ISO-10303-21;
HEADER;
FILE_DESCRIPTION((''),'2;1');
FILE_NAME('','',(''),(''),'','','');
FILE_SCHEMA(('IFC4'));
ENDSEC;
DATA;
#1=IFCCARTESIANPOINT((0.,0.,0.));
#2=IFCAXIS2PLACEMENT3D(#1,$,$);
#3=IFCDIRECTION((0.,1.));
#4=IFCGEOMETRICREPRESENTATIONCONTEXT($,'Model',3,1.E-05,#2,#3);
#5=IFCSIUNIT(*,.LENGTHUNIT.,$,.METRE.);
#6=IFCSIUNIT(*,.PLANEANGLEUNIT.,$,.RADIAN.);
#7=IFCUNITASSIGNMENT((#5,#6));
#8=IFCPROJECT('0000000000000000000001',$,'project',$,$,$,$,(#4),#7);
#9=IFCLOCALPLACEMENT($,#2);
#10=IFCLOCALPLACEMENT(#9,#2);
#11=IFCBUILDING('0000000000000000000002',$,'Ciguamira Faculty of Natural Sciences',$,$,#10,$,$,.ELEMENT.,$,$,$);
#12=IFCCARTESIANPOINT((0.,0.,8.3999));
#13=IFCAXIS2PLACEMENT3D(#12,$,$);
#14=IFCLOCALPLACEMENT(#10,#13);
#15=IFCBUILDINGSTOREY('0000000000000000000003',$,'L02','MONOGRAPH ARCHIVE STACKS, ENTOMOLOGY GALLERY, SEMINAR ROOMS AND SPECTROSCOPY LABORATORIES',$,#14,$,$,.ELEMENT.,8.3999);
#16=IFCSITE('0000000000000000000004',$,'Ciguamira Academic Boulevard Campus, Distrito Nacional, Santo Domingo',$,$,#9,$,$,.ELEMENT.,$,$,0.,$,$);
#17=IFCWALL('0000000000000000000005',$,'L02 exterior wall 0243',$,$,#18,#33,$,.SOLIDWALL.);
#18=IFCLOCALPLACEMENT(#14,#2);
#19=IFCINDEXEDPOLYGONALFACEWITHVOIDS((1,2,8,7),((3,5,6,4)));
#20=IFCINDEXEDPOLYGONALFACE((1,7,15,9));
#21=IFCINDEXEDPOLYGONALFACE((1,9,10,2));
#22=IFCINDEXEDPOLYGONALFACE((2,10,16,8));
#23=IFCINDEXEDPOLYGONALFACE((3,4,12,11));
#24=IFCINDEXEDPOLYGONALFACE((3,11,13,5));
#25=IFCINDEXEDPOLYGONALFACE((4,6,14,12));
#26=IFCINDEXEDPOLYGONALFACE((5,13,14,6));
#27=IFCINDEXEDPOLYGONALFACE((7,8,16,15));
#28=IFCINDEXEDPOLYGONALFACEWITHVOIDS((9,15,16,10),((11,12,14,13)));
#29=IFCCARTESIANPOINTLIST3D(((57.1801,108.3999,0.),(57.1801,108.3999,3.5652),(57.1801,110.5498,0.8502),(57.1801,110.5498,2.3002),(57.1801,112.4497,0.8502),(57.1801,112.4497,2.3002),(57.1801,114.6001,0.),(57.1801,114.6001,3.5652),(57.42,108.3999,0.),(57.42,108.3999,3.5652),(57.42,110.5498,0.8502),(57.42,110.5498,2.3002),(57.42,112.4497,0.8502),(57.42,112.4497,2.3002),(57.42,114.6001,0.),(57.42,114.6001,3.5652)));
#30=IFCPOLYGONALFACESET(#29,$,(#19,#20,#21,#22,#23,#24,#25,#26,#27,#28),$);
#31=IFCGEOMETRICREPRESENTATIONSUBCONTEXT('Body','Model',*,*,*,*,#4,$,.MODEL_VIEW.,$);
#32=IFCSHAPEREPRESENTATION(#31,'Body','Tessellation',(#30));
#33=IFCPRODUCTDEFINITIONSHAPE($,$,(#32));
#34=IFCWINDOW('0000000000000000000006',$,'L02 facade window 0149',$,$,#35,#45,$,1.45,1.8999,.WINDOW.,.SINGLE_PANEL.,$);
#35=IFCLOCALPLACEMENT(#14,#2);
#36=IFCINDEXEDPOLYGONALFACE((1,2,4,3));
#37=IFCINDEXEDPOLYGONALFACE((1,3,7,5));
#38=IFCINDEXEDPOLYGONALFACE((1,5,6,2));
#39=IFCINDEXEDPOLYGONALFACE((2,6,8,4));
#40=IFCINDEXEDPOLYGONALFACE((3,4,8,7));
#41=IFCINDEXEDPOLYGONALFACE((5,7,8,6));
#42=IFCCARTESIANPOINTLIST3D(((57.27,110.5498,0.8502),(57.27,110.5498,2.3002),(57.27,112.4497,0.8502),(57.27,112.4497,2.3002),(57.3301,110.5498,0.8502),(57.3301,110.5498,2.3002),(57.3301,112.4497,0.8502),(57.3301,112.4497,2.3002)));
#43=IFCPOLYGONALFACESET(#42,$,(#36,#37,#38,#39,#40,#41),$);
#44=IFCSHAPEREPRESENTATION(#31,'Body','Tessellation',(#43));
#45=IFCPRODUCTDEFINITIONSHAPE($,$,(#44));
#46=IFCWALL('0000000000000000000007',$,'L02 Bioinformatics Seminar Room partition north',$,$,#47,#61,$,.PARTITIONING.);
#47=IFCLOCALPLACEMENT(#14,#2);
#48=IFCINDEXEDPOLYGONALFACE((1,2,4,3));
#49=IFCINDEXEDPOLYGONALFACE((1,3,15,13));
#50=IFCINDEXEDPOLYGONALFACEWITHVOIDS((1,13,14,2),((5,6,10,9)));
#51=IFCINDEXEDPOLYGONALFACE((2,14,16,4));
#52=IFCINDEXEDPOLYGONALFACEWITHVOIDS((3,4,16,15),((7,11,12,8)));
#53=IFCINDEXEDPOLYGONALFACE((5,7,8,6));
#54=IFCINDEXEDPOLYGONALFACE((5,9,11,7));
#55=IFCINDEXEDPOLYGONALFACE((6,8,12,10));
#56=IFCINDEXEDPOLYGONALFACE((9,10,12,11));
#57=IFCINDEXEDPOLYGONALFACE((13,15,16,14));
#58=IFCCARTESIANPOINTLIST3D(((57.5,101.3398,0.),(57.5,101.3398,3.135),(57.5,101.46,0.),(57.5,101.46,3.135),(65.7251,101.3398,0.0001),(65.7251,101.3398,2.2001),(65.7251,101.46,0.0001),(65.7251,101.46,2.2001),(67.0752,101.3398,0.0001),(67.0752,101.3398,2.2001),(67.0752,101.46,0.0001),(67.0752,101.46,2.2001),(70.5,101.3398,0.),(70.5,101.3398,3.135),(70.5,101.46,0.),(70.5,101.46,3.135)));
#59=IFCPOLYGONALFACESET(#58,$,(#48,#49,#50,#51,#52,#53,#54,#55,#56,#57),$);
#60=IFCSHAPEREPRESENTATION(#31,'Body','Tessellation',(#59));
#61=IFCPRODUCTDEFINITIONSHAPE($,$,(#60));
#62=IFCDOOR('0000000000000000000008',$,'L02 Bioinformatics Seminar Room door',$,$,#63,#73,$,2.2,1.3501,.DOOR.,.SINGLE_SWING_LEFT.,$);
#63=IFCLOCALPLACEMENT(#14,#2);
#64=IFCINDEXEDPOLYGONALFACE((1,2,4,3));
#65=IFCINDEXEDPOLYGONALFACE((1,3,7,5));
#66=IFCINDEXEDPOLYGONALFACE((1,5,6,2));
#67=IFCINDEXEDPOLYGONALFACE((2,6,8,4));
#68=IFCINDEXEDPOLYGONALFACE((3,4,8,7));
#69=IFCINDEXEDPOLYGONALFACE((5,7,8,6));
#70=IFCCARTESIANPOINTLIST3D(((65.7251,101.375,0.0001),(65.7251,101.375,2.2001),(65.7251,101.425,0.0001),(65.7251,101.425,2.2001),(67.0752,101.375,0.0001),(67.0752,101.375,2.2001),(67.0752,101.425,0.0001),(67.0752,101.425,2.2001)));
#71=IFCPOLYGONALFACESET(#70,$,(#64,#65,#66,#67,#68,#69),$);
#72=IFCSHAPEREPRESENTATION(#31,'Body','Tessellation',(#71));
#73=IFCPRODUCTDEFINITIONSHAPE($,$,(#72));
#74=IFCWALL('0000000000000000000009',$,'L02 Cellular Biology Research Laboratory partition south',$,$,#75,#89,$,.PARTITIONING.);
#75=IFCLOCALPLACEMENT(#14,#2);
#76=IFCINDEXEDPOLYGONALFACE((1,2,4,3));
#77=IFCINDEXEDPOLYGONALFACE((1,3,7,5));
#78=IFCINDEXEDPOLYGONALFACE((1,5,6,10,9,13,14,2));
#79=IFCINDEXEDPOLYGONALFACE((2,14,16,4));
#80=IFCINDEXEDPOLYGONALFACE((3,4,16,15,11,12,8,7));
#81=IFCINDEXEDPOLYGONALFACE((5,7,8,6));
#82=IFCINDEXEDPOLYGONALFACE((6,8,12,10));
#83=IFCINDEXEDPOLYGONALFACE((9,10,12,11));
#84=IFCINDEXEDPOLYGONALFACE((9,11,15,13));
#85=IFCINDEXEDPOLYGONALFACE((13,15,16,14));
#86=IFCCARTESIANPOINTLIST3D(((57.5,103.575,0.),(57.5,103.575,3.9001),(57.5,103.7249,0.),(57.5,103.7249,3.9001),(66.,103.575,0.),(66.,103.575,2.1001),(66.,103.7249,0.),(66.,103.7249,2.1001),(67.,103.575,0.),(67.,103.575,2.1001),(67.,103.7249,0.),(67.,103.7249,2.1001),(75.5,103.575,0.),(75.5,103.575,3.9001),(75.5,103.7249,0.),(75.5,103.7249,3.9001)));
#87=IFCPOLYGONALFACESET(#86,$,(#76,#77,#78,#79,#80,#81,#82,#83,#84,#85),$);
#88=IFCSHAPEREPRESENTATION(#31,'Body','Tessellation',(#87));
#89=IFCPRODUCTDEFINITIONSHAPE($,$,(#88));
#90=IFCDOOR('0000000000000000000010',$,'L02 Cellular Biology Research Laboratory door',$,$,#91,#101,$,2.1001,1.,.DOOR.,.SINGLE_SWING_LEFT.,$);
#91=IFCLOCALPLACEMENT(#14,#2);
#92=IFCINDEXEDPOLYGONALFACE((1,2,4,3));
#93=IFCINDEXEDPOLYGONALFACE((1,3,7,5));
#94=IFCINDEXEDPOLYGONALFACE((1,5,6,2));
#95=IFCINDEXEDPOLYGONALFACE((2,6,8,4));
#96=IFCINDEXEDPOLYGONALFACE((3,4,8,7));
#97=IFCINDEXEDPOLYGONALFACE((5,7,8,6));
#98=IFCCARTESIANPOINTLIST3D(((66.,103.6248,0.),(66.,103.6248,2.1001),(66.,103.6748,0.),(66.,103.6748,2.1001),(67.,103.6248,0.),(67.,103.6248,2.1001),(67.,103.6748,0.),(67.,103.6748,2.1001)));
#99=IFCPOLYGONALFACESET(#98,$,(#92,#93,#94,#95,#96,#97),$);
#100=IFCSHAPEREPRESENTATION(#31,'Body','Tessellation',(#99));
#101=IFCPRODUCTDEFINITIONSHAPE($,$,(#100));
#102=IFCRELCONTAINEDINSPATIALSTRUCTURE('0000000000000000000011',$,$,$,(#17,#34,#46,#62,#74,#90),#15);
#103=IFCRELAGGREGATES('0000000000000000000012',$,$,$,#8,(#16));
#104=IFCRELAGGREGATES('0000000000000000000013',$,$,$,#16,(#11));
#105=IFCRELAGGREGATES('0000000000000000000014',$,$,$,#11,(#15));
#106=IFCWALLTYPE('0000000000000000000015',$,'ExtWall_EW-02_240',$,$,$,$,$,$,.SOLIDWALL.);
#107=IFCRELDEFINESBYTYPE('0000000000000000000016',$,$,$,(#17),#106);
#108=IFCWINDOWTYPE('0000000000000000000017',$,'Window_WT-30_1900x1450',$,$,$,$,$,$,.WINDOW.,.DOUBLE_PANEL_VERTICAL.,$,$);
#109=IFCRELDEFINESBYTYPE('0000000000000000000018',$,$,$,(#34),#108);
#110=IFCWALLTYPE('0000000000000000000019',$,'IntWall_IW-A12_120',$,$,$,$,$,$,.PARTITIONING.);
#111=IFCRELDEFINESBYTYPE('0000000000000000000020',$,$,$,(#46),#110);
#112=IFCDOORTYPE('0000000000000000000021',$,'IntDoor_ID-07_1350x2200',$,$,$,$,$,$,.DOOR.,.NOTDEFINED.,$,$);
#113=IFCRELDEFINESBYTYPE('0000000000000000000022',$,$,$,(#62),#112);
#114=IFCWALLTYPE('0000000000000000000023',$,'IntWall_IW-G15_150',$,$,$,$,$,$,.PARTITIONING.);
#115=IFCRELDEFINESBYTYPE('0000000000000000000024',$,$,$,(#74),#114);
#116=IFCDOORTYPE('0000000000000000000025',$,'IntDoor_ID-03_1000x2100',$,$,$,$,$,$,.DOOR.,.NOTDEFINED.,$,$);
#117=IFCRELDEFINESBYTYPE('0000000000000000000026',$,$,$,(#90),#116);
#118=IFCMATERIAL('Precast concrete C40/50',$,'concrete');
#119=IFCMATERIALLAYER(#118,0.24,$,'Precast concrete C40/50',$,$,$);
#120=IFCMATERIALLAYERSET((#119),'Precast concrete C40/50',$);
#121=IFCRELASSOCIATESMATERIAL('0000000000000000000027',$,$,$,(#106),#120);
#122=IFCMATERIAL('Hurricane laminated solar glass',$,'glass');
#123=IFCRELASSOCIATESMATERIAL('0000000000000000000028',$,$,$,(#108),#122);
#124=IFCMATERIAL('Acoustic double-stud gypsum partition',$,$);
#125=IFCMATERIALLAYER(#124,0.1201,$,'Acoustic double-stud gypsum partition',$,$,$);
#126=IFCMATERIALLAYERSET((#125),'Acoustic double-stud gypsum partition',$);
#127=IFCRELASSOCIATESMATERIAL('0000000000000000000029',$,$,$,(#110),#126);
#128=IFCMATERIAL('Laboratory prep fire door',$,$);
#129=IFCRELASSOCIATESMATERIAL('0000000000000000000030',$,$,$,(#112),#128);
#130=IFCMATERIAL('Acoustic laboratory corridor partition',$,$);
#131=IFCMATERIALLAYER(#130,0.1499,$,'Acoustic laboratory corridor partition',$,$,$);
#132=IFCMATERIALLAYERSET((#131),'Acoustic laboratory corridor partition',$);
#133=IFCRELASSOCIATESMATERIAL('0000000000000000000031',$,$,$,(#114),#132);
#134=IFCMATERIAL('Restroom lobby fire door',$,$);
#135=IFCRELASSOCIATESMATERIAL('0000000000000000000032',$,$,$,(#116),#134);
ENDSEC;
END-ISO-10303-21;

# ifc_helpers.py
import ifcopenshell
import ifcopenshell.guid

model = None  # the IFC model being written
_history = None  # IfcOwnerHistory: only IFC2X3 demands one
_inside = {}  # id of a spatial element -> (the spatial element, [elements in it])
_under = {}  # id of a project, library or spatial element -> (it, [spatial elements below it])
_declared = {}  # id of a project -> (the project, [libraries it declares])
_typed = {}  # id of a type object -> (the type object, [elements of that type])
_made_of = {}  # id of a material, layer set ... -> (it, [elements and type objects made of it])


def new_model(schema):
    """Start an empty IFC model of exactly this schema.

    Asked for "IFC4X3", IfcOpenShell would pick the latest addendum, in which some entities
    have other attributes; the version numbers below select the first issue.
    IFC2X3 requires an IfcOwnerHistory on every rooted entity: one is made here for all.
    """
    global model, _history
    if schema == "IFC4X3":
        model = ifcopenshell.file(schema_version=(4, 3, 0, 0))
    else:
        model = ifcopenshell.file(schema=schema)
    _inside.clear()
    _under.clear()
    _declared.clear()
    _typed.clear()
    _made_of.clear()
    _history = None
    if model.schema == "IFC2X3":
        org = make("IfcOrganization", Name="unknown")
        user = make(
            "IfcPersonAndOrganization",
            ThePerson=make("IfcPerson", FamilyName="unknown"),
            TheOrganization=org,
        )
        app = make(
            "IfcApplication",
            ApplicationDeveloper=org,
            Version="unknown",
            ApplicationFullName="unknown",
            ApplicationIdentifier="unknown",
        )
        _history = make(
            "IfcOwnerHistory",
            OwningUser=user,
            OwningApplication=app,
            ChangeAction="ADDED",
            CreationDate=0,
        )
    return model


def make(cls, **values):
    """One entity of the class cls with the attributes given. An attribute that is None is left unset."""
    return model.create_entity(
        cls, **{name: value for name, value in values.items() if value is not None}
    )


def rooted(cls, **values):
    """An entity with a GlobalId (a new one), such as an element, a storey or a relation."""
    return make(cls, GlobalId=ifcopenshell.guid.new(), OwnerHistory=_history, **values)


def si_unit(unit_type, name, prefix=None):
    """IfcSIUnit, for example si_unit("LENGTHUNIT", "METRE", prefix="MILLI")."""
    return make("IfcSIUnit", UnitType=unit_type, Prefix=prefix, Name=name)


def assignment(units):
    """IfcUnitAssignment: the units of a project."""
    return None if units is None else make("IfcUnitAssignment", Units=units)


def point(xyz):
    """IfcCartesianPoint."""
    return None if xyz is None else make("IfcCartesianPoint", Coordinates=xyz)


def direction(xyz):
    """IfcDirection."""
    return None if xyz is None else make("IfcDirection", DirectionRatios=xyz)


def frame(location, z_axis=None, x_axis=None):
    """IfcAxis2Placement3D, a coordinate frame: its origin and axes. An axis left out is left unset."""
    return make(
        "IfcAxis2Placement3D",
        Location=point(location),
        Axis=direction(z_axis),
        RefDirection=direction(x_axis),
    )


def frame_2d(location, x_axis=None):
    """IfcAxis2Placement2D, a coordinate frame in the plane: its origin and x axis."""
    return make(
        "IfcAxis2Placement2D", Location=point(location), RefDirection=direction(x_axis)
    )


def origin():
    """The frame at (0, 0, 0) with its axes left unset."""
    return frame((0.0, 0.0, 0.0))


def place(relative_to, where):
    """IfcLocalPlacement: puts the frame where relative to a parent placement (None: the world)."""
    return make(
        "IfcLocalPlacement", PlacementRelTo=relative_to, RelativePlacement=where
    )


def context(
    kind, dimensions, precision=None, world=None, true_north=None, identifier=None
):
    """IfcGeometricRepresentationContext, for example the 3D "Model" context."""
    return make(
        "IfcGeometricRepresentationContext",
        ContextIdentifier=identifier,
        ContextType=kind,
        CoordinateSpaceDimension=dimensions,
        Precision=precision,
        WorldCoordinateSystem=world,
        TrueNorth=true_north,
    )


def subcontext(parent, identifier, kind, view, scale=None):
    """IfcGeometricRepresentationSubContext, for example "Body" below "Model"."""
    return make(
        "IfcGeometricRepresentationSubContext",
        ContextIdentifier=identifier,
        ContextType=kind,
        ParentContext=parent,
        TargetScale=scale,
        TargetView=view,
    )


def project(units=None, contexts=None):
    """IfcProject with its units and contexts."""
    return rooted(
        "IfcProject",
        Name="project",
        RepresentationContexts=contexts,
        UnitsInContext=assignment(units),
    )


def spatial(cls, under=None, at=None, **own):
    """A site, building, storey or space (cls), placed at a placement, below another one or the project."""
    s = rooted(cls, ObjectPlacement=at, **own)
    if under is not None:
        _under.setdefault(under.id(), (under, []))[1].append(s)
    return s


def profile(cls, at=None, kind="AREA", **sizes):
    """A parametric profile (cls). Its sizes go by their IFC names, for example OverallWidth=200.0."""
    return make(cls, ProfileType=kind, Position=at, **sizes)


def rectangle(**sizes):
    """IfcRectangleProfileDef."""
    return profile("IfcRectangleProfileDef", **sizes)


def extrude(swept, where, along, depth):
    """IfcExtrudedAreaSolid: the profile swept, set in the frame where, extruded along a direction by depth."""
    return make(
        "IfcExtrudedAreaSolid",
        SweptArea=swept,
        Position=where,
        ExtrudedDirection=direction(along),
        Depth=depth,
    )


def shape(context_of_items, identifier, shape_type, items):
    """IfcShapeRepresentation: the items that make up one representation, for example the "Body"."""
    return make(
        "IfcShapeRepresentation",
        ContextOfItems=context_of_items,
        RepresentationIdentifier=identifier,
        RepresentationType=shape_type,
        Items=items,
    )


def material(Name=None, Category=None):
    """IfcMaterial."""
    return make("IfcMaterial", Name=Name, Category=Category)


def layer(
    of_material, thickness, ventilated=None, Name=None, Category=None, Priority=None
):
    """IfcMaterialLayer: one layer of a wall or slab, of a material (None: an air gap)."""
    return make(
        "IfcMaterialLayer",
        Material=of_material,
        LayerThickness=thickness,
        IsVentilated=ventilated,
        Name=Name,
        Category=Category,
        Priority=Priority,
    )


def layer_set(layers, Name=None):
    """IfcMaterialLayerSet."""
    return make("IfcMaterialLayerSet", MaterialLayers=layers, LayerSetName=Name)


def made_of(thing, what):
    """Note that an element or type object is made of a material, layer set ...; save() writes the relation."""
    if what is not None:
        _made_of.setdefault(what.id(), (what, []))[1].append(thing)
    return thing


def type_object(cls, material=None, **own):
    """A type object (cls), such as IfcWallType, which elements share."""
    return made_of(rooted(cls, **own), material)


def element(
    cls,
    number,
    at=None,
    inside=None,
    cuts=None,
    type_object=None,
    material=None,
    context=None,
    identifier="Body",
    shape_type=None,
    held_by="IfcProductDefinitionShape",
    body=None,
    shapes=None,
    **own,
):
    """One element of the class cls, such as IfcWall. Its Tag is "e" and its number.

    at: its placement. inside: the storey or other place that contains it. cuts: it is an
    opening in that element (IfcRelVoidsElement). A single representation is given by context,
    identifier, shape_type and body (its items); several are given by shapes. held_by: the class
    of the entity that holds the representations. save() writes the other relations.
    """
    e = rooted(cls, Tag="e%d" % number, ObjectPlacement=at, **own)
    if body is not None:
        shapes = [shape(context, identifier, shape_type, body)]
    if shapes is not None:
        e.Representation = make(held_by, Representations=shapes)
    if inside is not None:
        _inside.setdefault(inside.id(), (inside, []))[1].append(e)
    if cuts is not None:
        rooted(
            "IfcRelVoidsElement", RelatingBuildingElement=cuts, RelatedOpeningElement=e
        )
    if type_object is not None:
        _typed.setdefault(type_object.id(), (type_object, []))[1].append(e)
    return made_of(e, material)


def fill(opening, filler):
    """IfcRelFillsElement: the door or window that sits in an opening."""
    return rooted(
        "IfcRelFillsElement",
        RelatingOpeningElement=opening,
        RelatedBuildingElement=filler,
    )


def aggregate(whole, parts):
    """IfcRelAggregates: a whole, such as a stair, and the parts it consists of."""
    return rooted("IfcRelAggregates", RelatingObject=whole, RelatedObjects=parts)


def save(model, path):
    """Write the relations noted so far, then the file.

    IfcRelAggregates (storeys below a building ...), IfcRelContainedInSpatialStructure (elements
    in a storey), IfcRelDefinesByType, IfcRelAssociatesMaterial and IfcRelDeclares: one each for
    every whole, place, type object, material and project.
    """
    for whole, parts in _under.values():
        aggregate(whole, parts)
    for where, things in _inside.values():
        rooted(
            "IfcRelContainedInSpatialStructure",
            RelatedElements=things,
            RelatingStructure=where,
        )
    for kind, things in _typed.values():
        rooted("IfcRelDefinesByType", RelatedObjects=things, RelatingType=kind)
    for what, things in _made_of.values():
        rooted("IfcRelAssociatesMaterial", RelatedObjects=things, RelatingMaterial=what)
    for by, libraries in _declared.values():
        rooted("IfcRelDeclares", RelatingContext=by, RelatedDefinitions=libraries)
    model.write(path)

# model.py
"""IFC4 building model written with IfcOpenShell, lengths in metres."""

from ifc_helpers import new_model, si_unit, direction, frame, frame_2d, origin, place, context, subcontext, project, spatial, rectangle, extrude, material, layer, layer_set, type_object, element, fill, save


model = new_model("IFC4")

# Units and contexts
model_context = context("Model", 3, precision=1e-05, world=origin(), true_north=direction((0.0, 1.0)))
body_context = subcontext(model_context, "Body", "Model", "MODEL_VIEW")
ifc_project = project(units=[si_unit("LENGTHUNIT", "METRE"), si_unit("PLANEANGLEUNIT", "RADIAN")], contexts=[model_context])

# Site, building, storey
site_placement = place(None, origin())
site = spatial("IfcSite", under=ifc_project, at=site_placement, Name="Ciguamira Academic Boulevard Campus, Distrito Nacional, Santo Domingo", CompositionType="ELEMENT", RefElevation=0.0)
building_placement = place(site_placement, origin())
building = spatial("IfcBuilding", under=site, at=building_placement, Name="Ciguamira Faculty of Natural Sciences", CompositionType="ELEMENT")
storey_placement = place(building_placement, frame((0.0, 0.0, 8.3999)))
storey = spatial("IfcBuildingStorey", under=building, at=storey_placement, Name="L02", Description="MONOGRAPH ARCHIVE STACKS, ENTOMOLOGY GALLERY, SEMINAR ROOMS AND SPECTROSCOPY LABORATORIES", CompositionType="ELEMENT", Elevation=8.3999)

# Shared definitions
ifc_material_1 = material(Name="Precast concrete C40/50", Category="concrete")

# Wall, opening, window
ifc_layer_1 = layer(ifc_material_1, 0.24, Name="Precast concrete C40/50")
ifc_layer_set_1 = layer_set([ifc_layer_1], Name="Precast concrete C40/50")
wall_type_1 = type_object("IfcWallType", Name="ExtWall_EW-02_240", PredefinedType="SOLIDWALL", material=ifc_layer_set_1)
ifc_material_2 = material(Name="Hurricane laminated solar glass", Category="glass")
wall_1_placement = place(storey_placement, frame((57.3, 108.3999, 0.0), z_axis=(0.0, 0.0, 1.0), x_axis=(0.0, 1.0, 0.0)))
wall_1 = element("IfcWall", 1, at=wall_1_placement, inside=storey, type_object=wall_type_1, Name="L02 exterior wall 0243", PredefinedType="SOLIDWALL", context=body_context, shape_type="SweptSolid", body=[
    extrude(rectangle(XDim=6.2002, YDim=0.24, at=frame_2d((3.1001, 0.0))), origin(), (0.0, 0.0, 1.0), 3.5652),
])
opening_1_placement = place(wall_1_placement, frame((2.1499, 0.0, 0.8501)))
opening_1 = element("IfcOpeningElement", 2, at=opening_1_placement, cuts=wall_1, PredefinedType="OPENING", context=body_context, shape_type="SweptSolid", body=[
    extrude(rectangle(XDim=1.8999, YDim=1.45, at=frame_2d((0.95, 0.7251))), frame((0.0, 0.1299, 0.0), z_axis=(0.0, -1.0, 0.0), x_axis=(1.0, 0.0, 0.0)), (0.0, 0.0, 1.0), 0.26),
])
window_type_1 = type_object("IfcWindowType", Name="Window_WT-30_1900x1450", PartitioningType="DOUBLE_PANEL_VERTICAL", PredefinedType="WINDOW", material=ifc_material_2)
window_1_placement = place(opening_1_placement, origin())
window_1 = element("IfcWindow", 3, at=window_1_placement, inside=storey, type_object=window_type_1, Name="L02 facade window 0149", OverallHeight=1.45, OverallWidth=1.8999, PartitioningType="SINGLE_PANEL", PredefinedType="WINDOW", context=body_context, shape_type="SweptSolid", body=[
    extrude(rectangle(XDim=1.8999, YDim=1.45, at=frame_2d((0.95, 0.7251))), frame((0.0, 0.03, 0.0), z_axis=(0.0, -1.0, 0.0), x_axis=(1.0, 0.0, 0.0)), (0.0, 0.0, 1.0), 0.0601),
])
fill(opening_1, window_1)

# Walls, openings, doors
ifc_material_3 = material(Name="Acoustic double-stud gypsum partition")
ifc_layer_2 = layer(ifc_material_3, 0.1201, Name="Acoustic double-stud gypsum partition")
ifc_layer_set_2 = layer_set([ifc_layer_2], Name="Acoustic double-stud gypsum partition")
wall_type_2 = type_object("IfcWallType", Name="IntWall_IW-A12_120", PredefinedType="PARTITIONING", material=ifc_layer_set_2)
wall_2_placement = place(storey_placement, frame((57.5, 101.3999, 0.0), z_axis=(0.0, 0.0, 1.0), x_axis=(1.0, 0.0, 0.0)))
wall_2 = element("IfcWall", 4, at=wall_2_placement, inside=storey, type_object=wall_type_2, Name="L02 Bioinformatics Seminar Room partition north", PredefinedType="PARTITIONING", context=body_context, shape_type="SweptSolid", body=[
    extrude(rectangle(XDim=13.0, YDim=0.1201, at=frame_2d((6.5, 0.0))), origin(), (0.0, 0.0, 1.0), 3.135),
])
opening_2_placement = place(wall_2_placement, frame((8.2251, 0.0, 0.0)))
opening_2 = element("IfcOpeningElement", 5, at=opening_2_placement, cuts=wall_2, PredefinedType="OPENING", context=body_context, shape_type="SweptSolid", body=[
    extrude(rectangle(XDim=1.3501, YDim=2.2, at=frame_2d((0.675, 1.1001))), frame((0.0, 0.0701, 0.0), z_axis=(0.0, -1.0, 0.0), x_axis=(1.0, 0.0, 0.0)), (0.0, 0.0, 1.0), 0.1401),
])
ifc_material_4 = material(Name="Laboratory prep fire door")
door_type_1 = type_object("IfcDoorType", Name="IntDoor_ID-07_1350x2200", OperationType="NOTDEFINED", PredefinedType="DOOR", material=ifc_material_4)
door_1_placement = place(opening_2_placement, frame((1.3501, 0.0, 0.0), z_axis=(0.0, 0.0, 1.0), x_axis=(-1.0, 0.0, 0.0)))
door_1 = element("IfcDoor", 6, at=door_1_placement, inside=storey, type_object=door_type_1, Name="L02 Bioinformatics Seminar Room door", OperationType="SINGLE_SWING_LEFT", OverallHeight=2.2, OverallWidth=1.3501, PredefinedType="DOOR", context=body_context, shape_type="SweptSolid", body=[
    extrude(rectangle(XDim=1.3501, YDim=2.2, at=frame_2d((0.675, 1.1001))), frame((0.0, 0.0249, 0.0), z_axis=(0.0, -1.0, 0.0), x_axis=(1.0, 0.0, 0.0)), (0.0, 0.0, 1.0), 0.05),
])
fill(opening_2, door_1)
ifc_material_5 = material(Name="Acoustic laboratory corridor partition")
ifc_layer_3 = layer(ifc_material_5, 0.1499, Name="Acoustic laboratory corridor partition")
ifc_layer_set_3 = layer_set([ifc_layer_3], Name="Acoustic laboratory corridor partition")
wall_type_3 = type_object("IfcWallType", Name="IntWall_IW-G15_150", PredefinedType="PARTITIONING", material=ifc_layer_set_3)
wall_3_placement = place(storey_placement, frame((57.5, 103.6499, 0.0), z_axis=(0.0, 0.0, 1.0), x_axis=(1.0, 0.0, 0.0)))
wall_3 = element("IfcWall", 7, at=wall_3_placement, inside=storey, type_object=wall_type_3, Name="L02 Cellular Biology Research Laboratory partition south", PredefinedType="PARTITIONING", context=body_context, shape_type="SweptSolid", body=[
    extrude(rectangle(XDim=18.0, YDim=0.1499, at=frame_2d((9.0, 0.0))), origin(), (0.0, 0.0, 1.0), 3.9001),
])
opening_3_placement = place(wall_3_placement, frame((8.5, 0.0, 0.0)))
opening_3 = element("IfcOpeningElement", 8, at=opening_3_placement, cuts=wall_3, PredefinedType="OPENING", context=body_context, shape_type="SweptSolid", body=[
    extrude(rectangle(XDim=1.0, YDim=2.1001, at=frame_2d((0.5, 1.05))), frame((0.0, 0.085, 0.0), z_axis=(0.0, -1.0, 0.0), x_axis=(1.0, 0.0, 0.0)), (0.0, 0.0, 1.0), 0.1699),
])
ifc_material_6 = material(Name="Restroom lobby fire door")
door_type_2 = type_object("IfcDoorType", Name="IntDoor_ID-03_1000x2100", OperationType="NOTDEFINED", PredefinedType="DOOR", material=ifc_material_6)
door_2_placement = place(opening_3_placement, origin())
door_2 = element("IfcDoor", 9, at=door_2_placement, inside=storey, type_object=door_type_2, Name="L02 Cellular Biology Research Laboratory door", OperationType="SINGLE_SWING_LEFT", OverallHeight=2.1001, OverallWidth=1.0, PredefinedType="DOOR", context=body_context, shape_type="SweptSolid", body=[
    extrude(rectangle(XDim=1.0, YDim=2.1001, at=frame_2d((0.5, 1.05))), frame((0.0, 0.0249, 0.0), z_axis=(0.0, -1.0, 0.0), x_axis=(1.0, 0.0, 0.0)), (0.0, 0.0, 1.0), 0.05),
])
fill(opening_3, door_2)

save(model, "model.ifc")
